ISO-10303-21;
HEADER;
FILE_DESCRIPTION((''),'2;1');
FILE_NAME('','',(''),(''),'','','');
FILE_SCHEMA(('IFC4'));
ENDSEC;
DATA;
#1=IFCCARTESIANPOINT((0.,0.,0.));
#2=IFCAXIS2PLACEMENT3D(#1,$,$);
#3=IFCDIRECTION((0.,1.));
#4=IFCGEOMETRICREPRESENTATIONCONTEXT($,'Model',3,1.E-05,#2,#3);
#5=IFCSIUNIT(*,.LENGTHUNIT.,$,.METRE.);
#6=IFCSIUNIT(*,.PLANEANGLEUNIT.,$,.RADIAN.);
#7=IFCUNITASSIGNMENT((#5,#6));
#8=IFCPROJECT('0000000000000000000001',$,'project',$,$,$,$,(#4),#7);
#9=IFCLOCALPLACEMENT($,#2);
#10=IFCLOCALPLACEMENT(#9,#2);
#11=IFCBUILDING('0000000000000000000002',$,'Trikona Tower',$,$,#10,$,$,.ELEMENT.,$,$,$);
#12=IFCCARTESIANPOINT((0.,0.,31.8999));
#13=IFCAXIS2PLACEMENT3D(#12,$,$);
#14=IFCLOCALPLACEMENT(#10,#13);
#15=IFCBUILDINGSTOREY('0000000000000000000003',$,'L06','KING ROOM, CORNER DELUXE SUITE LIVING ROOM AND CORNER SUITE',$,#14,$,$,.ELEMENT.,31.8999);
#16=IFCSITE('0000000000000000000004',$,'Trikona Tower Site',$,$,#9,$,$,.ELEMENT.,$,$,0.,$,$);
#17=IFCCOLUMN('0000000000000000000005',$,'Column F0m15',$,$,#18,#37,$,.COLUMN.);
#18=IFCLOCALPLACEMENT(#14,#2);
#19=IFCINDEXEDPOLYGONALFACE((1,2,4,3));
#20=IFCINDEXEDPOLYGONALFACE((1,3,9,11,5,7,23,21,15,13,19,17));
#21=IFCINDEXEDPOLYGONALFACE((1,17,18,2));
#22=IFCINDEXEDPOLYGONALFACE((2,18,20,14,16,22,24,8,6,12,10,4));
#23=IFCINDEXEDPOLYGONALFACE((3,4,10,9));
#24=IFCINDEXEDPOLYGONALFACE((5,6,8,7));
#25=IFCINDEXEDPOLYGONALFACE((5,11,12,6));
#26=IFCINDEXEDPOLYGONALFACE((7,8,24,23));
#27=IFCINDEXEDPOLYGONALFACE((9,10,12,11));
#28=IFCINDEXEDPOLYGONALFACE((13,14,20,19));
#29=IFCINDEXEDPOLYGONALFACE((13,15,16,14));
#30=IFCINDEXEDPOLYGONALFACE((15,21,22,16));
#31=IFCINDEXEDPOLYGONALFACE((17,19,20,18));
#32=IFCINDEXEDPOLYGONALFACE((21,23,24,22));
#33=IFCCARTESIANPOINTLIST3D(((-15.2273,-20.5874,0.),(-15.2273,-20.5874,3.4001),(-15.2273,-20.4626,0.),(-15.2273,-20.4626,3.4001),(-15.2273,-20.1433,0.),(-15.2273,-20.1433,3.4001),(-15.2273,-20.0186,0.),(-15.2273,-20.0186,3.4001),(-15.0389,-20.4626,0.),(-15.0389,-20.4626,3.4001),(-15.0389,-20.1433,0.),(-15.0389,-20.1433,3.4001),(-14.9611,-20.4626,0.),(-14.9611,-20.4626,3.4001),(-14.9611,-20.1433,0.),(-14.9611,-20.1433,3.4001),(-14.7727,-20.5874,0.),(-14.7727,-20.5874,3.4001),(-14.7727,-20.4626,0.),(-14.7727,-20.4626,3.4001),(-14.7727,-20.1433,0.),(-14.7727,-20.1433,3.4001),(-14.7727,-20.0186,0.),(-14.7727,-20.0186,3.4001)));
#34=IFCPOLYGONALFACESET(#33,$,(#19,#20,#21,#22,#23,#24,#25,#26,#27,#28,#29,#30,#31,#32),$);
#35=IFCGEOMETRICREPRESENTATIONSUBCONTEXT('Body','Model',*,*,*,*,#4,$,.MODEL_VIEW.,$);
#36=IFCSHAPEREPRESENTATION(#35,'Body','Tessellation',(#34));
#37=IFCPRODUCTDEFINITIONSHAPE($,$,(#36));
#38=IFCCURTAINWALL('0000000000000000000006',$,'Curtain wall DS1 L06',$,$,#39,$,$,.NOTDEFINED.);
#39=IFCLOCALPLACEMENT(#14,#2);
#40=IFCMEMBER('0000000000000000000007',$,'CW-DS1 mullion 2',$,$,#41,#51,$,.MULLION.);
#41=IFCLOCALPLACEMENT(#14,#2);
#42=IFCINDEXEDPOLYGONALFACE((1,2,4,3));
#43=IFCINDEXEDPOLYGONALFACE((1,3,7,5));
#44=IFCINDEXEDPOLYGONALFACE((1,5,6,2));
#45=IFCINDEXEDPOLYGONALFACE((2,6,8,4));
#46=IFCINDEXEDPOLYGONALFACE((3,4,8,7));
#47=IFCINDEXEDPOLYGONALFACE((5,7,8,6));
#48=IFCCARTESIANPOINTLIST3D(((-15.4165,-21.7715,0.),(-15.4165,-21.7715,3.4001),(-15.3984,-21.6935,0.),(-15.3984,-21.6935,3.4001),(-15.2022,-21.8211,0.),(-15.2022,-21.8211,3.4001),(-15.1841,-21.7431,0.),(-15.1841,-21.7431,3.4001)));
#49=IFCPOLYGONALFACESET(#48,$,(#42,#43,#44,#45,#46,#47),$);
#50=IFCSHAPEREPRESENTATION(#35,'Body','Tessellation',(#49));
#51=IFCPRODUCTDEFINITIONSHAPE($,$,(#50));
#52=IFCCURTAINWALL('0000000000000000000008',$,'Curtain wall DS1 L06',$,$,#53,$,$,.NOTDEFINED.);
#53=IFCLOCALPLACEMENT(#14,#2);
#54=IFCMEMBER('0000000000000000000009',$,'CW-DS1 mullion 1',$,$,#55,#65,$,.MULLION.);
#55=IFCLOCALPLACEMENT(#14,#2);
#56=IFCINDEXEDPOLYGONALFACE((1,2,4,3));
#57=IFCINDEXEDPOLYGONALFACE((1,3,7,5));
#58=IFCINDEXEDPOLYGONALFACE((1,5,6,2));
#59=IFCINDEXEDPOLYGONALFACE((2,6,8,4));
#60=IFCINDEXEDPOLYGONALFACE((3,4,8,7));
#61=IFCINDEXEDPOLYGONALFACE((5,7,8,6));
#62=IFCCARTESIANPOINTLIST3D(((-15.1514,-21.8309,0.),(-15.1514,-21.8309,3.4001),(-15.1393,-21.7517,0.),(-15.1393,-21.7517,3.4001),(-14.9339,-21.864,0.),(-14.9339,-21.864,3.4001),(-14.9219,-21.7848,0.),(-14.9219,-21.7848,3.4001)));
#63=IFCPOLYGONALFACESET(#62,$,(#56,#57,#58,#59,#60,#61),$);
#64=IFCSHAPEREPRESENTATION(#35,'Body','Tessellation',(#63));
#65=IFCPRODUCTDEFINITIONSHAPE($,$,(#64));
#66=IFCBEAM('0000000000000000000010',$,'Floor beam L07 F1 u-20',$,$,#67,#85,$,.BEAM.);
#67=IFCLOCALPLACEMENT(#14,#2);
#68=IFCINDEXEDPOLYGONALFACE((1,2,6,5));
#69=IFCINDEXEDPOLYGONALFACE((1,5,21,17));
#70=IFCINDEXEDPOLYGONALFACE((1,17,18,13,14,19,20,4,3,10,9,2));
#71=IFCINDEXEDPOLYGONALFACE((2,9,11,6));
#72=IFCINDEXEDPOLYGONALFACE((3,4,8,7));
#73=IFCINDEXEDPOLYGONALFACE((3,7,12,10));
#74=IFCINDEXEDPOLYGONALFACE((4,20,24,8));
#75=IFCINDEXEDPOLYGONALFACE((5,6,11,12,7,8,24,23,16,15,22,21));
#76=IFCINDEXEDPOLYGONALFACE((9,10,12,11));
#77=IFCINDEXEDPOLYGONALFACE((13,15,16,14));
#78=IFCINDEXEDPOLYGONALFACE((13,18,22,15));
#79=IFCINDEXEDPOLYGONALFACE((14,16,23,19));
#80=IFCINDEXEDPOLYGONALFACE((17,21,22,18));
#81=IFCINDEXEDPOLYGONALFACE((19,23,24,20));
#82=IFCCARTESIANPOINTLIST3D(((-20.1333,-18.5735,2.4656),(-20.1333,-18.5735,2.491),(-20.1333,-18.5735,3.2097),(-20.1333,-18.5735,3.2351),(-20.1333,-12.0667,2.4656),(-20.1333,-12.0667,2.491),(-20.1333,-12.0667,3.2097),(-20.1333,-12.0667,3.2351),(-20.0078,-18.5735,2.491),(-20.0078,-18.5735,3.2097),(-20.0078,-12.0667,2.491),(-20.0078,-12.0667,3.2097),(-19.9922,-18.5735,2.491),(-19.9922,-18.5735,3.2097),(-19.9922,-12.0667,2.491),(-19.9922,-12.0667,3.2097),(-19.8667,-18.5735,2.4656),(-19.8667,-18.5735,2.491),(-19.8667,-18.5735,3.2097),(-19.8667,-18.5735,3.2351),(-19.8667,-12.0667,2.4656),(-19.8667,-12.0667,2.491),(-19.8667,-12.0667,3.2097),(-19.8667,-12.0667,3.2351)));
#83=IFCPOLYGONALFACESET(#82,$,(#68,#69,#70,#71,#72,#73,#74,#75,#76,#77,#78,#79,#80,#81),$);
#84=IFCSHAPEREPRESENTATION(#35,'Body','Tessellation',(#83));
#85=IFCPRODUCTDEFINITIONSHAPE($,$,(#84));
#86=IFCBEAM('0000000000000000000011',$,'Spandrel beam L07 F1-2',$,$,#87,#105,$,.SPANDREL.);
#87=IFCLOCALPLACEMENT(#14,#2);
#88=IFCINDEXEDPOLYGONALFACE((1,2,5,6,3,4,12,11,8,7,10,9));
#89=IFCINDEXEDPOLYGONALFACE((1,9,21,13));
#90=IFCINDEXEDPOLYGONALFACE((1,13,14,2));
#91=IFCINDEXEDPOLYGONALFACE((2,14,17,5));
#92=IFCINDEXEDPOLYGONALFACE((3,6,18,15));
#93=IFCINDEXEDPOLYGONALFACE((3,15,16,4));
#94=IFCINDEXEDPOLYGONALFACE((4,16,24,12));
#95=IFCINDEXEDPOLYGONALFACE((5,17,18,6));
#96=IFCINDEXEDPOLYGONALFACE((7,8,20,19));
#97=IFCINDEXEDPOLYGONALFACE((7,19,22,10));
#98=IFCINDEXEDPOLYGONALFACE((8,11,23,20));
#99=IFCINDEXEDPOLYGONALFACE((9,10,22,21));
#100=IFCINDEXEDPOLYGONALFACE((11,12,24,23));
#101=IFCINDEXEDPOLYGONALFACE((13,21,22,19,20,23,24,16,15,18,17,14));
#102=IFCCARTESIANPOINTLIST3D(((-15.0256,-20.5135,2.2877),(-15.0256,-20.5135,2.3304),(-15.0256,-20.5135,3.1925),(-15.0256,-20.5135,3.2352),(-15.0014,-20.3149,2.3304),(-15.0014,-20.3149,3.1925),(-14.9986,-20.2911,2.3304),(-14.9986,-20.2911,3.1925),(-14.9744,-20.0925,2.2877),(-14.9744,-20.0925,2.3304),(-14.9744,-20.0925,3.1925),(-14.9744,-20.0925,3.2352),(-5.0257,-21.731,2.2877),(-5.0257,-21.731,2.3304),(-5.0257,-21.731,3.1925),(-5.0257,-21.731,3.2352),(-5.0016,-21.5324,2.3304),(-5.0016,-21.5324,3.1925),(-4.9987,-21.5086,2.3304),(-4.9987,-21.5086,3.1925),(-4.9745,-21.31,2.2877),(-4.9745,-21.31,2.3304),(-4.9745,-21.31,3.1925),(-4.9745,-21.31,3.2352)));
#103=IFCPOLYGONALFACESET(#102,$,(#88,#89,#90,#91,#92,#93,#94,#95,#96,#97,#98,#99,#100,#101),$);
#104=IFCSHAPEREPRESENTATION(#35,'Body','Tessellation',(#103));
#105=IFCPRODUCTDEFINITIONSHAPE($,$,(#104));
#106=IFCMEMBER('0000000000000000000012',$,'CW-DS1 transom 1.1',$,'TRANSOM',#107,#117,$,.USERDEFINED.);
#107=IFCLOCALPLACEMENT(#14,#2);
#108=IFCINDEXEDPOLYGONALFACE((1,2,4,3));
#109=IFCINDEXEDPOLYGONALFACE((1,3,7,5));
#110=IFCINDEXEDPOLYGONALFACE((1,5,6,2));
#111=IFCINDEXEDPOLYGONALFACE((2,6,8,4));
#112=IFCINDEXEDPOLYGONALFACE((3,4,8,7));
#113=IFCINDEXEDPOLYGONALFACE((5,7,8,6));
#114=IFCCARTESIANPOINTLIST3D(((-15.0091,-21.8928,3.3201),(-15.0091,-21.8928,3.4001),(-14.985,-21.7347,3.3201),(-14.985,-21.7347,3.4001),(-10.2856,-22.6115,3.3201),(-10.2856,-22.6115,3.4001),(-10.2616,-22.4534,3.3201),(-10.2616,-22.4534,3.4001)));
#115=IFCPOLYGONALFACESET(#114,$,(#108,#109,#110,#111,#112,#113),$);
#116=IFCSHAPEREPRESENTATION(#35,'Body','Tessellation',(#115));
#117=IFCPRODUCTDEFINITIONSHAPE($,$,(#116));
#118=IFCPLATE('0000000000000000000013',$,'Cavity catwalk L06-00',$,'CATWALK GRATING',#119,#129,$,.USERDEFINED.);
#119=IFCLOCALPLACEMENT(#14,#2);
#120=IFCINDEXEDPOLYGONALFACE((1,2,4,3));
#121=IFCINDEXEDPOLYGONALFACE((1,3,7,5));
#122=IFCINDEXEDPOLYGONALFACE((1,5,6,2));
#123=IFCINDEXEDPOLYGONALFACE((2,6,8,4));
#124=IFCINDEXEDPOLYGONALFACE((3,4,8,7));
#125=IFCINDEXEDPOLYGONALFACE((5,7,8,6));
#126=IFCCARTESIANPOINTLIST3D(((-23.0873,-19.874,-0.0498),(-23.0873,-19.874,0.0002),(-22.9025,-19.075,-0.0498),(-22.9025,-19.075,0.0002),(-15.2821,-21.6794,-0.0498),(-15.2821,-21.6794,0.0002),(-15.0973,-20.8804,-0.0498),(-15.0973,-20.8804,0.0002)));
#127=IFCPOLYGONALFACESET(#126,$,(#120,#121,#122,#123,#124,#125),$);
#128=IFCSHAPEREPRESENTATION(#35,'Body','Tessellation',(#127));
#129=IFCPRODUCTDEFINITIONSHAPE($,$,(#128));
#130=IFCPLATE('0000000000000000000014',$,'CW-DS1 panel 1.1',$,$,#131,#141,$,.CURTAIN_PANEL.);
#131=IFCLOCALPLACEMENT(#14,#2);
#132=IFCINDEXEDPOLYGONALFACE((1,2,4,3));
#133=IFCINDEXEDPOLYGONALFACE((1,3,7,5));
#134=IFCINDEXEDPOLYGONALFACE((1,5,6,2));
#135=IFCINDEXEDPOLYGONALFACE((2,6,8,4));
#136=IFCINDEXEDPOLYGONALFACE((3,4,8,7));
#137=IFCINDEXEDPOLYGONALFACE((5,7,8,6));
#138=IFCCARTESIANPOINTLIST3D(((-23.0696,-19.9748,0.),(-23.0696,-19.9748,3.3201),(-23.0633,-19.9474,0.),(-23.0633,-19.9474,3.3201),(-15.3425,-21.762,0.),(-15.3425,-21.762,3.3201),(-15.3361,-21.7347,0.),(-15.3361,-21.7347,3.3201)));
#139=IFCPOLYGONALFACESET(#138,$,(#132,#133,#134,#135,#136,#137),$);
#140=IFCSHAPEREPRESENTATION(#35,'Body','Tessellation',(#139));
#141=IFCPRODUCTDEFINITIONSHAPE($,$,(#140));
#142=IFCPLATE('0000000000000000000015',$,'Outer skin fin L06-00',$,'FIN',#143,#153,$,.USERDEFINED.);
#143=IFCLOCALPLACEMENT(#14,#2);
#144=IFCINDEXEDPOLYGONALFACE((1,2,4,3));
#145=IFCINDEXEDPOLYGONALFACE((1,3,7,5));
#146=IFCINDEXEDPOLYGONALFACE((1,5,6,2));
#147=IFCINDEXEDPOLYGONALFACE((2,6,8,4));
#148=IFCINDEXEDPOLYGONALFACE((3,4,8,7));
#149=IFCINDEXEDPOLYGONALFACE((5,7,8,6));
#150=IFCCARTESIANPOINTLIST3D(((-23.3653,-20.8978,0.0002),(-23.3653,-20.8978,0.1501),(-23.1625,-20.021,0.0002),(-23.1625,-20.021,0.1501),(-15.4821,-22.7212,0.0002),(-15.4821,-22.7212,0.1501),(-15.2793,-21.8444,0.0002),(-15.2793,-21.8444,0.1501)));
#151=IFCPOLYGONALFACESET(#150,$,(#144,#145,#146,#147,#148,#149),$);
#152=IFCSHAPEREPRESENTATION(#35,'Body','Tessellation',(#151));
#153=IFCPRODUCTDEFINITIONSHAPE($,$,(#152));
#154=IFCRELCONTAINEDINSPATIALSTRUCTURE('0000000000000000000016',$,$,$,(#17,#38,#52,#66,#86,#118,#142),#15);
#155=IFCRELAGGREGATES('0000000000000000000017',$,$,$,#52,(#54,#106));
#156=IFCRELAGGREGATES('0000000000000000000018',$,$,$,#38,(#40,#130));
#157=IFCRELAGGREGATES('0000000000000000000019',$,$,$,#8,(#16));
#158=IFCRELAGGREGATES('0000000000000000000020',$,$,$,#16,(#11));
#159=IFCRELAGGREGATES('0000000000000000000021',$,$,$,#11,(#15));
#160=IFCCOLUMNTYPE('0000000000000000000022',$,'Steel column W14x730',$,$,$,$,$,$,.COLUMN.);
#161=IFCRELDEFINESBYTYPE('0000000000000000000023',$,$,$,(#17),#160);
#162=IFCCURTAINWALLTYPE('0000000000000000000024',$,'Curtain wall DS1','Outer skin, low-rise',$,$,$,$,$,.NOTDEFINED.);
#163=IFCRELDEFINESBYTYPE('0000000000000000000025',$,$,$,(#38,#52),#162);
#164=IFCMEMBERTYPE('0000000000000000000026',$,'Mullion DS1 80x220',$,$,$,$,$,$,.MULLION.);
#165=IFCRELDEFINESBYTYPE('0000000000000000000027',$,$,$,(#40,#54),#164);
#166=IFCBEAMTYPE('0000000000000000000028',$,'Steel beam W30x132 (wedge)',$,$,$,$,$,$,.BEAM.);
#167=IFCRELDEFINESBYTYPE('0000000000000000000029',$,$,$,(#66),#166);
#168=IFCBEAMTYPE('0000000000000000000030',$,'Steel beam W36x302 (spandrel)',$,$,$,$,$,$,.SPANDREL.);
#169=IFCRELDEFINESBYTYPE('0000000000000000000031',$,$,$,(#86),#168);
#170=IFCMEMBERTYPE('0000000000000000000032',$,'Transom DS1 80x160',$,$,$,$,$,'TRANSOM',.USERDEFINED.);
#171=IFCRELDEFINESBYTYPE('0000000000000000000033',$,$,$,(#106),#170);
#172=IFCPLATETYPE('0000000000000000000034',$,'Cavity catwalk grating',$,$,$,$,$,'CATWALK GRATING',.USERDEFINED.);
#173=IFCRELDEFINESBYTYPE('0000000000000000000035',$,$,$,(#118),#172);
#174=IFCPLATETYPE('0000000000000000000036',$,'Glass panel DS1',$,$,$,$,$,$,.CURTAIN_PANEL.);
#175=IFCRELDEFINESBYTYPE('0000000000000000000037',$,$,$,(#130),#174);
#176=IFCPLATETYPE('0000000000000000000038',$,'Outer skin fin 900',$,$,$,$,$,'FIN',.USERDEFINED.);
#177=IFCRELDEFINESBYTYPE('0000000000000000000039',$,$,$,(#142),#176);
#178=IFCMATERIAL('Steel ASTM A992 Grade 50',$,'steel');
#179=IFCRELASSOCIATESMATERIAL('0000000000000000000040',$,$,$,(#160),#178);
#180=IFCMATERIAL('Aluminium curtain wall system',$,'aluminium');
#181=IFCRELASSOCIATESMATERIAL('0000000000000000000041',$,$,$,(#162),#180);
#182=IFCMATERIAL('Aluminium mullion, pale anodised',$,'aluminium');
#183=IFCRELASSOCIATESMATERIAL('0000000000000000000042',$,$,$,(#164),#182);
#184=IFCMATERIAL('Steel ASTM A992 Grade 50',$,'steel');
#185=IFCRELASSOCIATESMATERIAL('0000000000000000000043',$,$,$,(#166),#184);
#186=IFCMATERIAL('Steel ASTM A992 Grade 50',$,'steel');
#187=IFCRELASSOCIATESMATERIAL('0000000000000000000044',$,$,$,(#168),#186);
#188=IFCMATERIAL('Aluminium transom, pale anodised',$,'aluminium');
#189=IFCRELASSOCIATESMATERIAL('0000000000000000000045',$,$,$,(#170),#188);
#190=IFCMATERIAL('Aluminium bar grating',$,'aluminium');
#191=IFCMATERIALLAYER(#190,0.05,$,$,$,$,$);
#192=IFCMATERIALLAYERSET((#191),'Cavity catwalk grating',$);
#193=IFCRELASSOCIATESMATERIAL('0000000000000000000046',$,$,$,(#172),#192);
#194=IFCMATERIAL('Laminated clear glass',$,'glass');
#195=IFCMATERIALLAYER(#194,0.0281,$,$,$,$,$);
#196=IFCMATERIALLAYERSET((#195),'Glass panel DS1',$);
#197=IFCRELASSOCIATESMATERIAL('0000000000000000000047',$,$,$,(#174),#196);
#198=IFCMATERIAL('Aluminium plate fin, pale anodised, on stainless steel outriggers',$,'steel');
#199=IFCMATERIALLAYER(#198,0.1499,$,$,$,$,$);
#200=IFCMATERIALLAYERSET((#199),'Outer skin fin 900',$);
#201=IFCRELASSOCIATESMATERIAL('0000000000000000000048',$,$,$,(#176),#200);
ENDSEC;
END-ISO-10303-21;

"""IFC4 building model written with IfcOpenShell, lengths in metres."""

from ifc_helpers import new_model, si_unit, direction, frame, origin, origin_2d, place, context, subcontext, project, spatial, rectangle, i_section, extrude, material, layer, layer_set, material_profile, profile_set, type_object, element, aggregate, save


model = new_model("IFC4")

# Units and contexts
model_context = context("Model", 3, precision=1e-05, world=origin(), true_north=direction((0.0, 1.0)))
body_context = subcontext(model_context, "Body", "Model", "MODEL_VIEW")
ifc_project = project(units=[si_unit("LENGTHUNIT", "METRE"), si_unit("PLANEANGLEUNIT", "RADIAN")], contexts=[model_context])

# Site, building, storey
site_placement = place(None, origin())
site = spatial("IfcSite", under=ifc_project, at=site_placement, Name="Trikona Tower Site", CompositionType="ELEMENT", RefElevation=0.0)
building_placement = place(site_placement, origin())
building = spatial("IfcBuilding", under=site, at=building_placement, Name="Trikona Tower", CompositionType="ELEMENT")
storey_placement = place(building_placement, frame((0.0, 0.0, 31.8999)))
storey = spatial("IfcBuildingStorey", under=building, at=storey_placement, Name="L06", Description="KING ROOM, CORNER DELUXE SUITE LIVING ROOM AND CORNER SUITE", CompositionType="ELEMENT", Elevation=31.8999)

# Column
ifc_material_1 = material(Name="Steel ASTM A992 Grade 50", Category="steel")
ifc_material_profile_1 = material_profile(ifc_material_1, i_section(OverallWidth=0.4546, OverallDepth=0.5688, WebThickness=0.0779, FlangeThickness=0.1248, at=origin_2d()), Name="W14X730")
ifc_profile_set_1 = profile_set([ifc_material_profile_1], Name="Steel ASTM A992 Grade 50")
column_type = type_object("IfcColumnType", Name="Steel column W14x730", PredefinedType="COLUMN", material=ifc_profile_set_1)
column_placement = place(storey_placement, frame((-15.0, -20.303, 0.0), z_axis=(0.0, 0.0, 1.0), x_axis=(1.0, 0.0, 0.0)))
element("IfcColumn", 1, at=column_placement, inside=storey, type_object=column_type, Name="Column F0m15", PredefinedType="COLUMN", context=body_context, shape_type="SweptSolid", body=[
    extrude(i_section(OverallWidth=0.4546, OverallDepth=0.5688, WebThickness=0.0779, FlangeThickness=0.1248, at=origin_2d()), origin(), (0.0, 0.0, 1.0), 3.4001),
])

# Curtain walls, members
ifc_material_2 = material(Name="Aluminium curtain wall system", Category="aluminium")
curtain_wall_type = type_object("IfcCurtainWallType", Name="Curtain wall DS1", Description="Outer skin, low-rise", PredefinedType="NOTDEFINED", material=ifc_material_2)
curtain_wall_1_placement = place(storey_placement, origin())
curtain_wall_1 = element("IfcCurtainWall", 2, at=curtain_wall_1_placement, inside=storey, type_object=curtain_wall_type, Name="Curtain wall DS1 L06", PredefinedType="NOTDEFINED")
ifc_material_3 = material(Name="Aluminium mullion, pale anodised", Category="aluminium")
ifc_material_profile_2 = material_profile(ifc_material_3, rectangle(XDim=0.0801, YDim=0.22, at=origin_2d()), Name="MUL-DS1")
ifc_profile_set_2 = profile_set([ifc_material_profile_2], Name="Aluminium mullion, pale anodised")
member_type_1 = type_object("IfcMemberType", Name="Mullion DS1 80x220", PredefinedType="MULLION", material=ifc_profile_set_2)
member_1_placement = place(storey_placement, frame((-15.3003, -21.7573, 0.0), z_axis=(0.0, 0.0, 1.0), x_axis=(0.225343, 0.974279, 0.0)))
member_1 = element("IfcMember", 3, at=member_1_placement, type_object=member_type_1, Name="CW-DS1 mullion 2", PredefinedType="MULLION", context=body_context, shape_type="SweptSolid", body=[
    extrude(rectangle(XDim=0.0801, YDim=0.22, at=origin_2d()), origin(), (0.0, 0.0, 1.0), 3.4001),
])
curtain_wall_2_placement = place(storey_placement, origin())
curtain_wall_2 = element("IfcCurtainWall", 4, at=curtain_wall_2_placement, inside=storey, type_object=curtain_wall_type, Name="Curtain wall DS1 L06", PredefinedType="NOTDEFINED")
member_2_placement = place(storey_placement, frame((-15.0366, -21.8079, 0.0), z_axis=(0.0, 0.0, 1.0), x_axis=(0.150438, 0.988619, 0.0)))
member_2 = element("IfcMember", 5, at=member_2_placement, type_object=member_type_1, Name="CW-DS1 mullion 1", PredefinedType="MULLION", context=body_context, shape_type="SweptSolid", body=[
    extrude(rectangle(XDim=0.0801, YDim=0.22, at=origin_2d()), origin(), (0.0, 0.0, 1.0), 3.4001),
])

# Beams
ifc_material_4 = material(Name="Steel ASTM A992 Grade 50", Category="steel")
ifc_material_profile_3 = material_profile(ifc_material_4, i_section(OverallWidth=0.2666, OverallDepth=0.7695, WebThickness=0.0156, FlangeThickness=0.0254, at=origin_2d()), Name="W30X132")
ifc_profile_set_3 = profile_set([ifc_material_profile_3], Name="Steel ASTM A992 Grade 50")
beam_type_1 = type_object("IfcBeamType", Name="Steel beam W30x132 (wedge)", PredefinedType="BEAM", material=ifc_profile_set_3)
beam_1_placement = place(storey_placement, frame((-20.0, -12.0667, 2.8503), z_axis=(0.0, -1.0, 0.0), x_axis=(1.0, 0.0, 0.0)))
element("IfcBeam", 6, at=beam_1_placement, inside=storey, type_object=beam_type_1, Name="Floor beam L07 F1 u-20", PredefinedType="BEAM", context=body_context, shape_type="SweptSolid", body=[
    extrude(i_section(OverallWidth=0.2666, OverallDepth=0.7695, WebThickness=0.0156, FlangeThickness=0.0254, at=origin_2d()), origin(), (0.0, 0.0, 1.0), 6.5068),
])
ifc_material_5 = material(Name="Steel ASTM A992 Grade 50", Category="steel")
ifc_material_profile_4 = material_profile(ifc_material_5, i_section(OverallWidth=0.4241, OverallDepth=0.9475, WebThickness=0.0239, FlangeThickness=0.0427, at=origin_2d()), Name="W36X302")
ifc_profile_set_4 = profile_set([ifc_material_profile_4], Name="Steel ASTM A992 Grade 50")
beam_type_2 = type_object("IfcBeamType", Name="Steel beam W36x302 (spandrel)", PredefinedType="SPANDREL", material=ifc_profile_set_4)
beam_2_placement = place(storey_placement, frame((-15.0, -20.303, 2.7615), z_axis=(0.99267, -0.12086, 0.0), x_axis=(0.12086, 0.99267, 0.0)))
element("IfcBeam", 7, at=beam_2_placement, inside=storey, type_object=beam_type_2, Name="Spandrel beam L07 F1-2", PredefinedType="SPANDREL", context=body_context, shape_type="SweptSolid", body=[
    extrude(i_section(OverallWidth=0.4241, OverallDepth=0.9475, WebThickness=0.0239, FlangeThickness=0.0427, at=origin_2d()), origin(), (0.0, 0.0, 1.0), 10.0737),
])

# Member
ifc_material_6 = material(Name="Aluminium transom, pale anodised", Category="aluminium")
ifc_material_profile_5 = material_profile(ifc_material_6, rectangle(XDim=0.1599, YDim=0.0801, at=origin_2d()), Name="TRN-DS1")
ifc_profile_set_5 = profile_set([ifc_material_profile_5], Name="Aluminium transom, pale anodised")
member_type_2 = type_object("IfcMemberType", Name="Transom DS1 80x160", ElementType="TRANSOM", PredefinedType="USERDEFINED", material=ifc_profile_set_5)
member_3_placement = place(storey_placement, frame((-14.9971, -21.8137, 3.3601), z_axis=(0.98862, -0.150437, 0.0), x_axis=(0.150437, 0.98862, 0.0)))
member_3 = element("IfcMember", 8, at=member_3_placement, type_object=member_type_2, Name="CW-DS1 transom 1.1", ObjectType="TRANSOM", PredefinedType="USERDEFINED", context=body_context, shape_type="SweptSolid", body=[
    extrude(rectangle(XDim=0.1599, YDim=0.0801, at=origin_2d()), origin(), (0.0, 0.0, 1.0), 4.7778),
])
aggregate(curtain_wall_2, [member_2, member_3])

# Plates
ifc_material_7 = material(Name="Aluminium bar grating", Category="aluminium")
ifc_layer_1 = layer(ifc_material_7, 0.05)
ifc_layer_set_1 = layer_set([ifc_layer_1], Name="Cavity catwalk grating")
plate_type_1 = type_object("IfcPlateType", Name="Cavity catwalk grating", ElementType="CATWALK GRATING", PredefinedType="USERDEFINED", material=ifc_layer_set_1)
plate_1_placement = place(storey_placement, frame((-19.0923, -20.3772, -0.0498), z_axis=(0.0, 0.0, 1.0), x_axis=(0.974278, -0.225351, 0.0)))
element("IfcPlate", 9, at=plate_1_placement, inside=storey, type_object=plate_type_1, Name="Cavity catwalk L06-00", ObjectType="CATWALK GRATING", PredefinedType="USERDEFINED", context=body_context, shape_type="SweptSolid", body=[
    extrude(rectangle(XDim=8.0112, YDim=0.8201, at=origin_2d()), origin(), (0.0, 0.0, 1.0), 0.05),
])
ifc_material_8 = material(Name="Laminated clear glass", Category="glass")
ifc_layer_2 = layer(ifc_material_8, 0.0281)
ifc_layer_set_2 = layer_set([ifc_layer_2], Name="Glass panel DS1")
plate_type_2 = type_object("IfcPlateType", Name="Glass panel DS1", PredefinedType="CURTAIN_PANEL", material=ifc_layer_set_2)
plate_2_placement = place(storey_placement, frame((-19.2029, -20.8547, 0.0), z_axis=(0.0, 0.0, 1.0), x_axis=(0.974279, -0.225343, 0.0)))
plate_2 = element("IfcPlate", 10, at=plate_2_placement, type_object=plate_type_2, Name="CW-DS1 panel 1.1", PredefinedType="CURTAIN_PANEL", context=body_context, shape_type="SweptSolid", body=[
    extrude(rectangle(XDim=7.9312, YDim=0.0281, at=origin_2d()), origin(), (0.0, 0.0, 1.0), 3.3201),
])
aggregate(curtain_wall_1, [member_1, plate_2])
ifc_material_9 = material(Name="Aluminium plate fin, pale anodised, on stainless steel outriggers", Category="steel")
ifc_layer_3 = layer(ifc_material_9, 0.1499)
ifc_layer_set_3 = layer_set([ifc_layer_3], Name="Outer skin fin 900")
plate_type_3 = type_object("IfcPlateType", Name="Outer skin fin 900", ElementType="FIN", PredefinedType="USERDEFINED", material=ifc_layer_set_3)
plate_3_placement = place(storey_placement, frame((-19.3223, -21.3711, 0.0002), z_axis=(0.0, 0.0, 1.0), x_axis=(0.974278, -0.225351, 0.0)))
element("IfcPlate", 11, at=plate_3_placement, inside=storey, type_object=plate_type_3, Name="Outer skin fin L06-00", ObjectType="FIN", PredefinedType="USERDEFINED", context=body_context, shape_type="SweptSolid", body=[
    extrude(rectangle(XDim=8.0913, YDim=0.8999, at=origin_2d()), origin(), (0.0, 0.0, 1.0), 0.1499),
])

save(model, "model.ifc")
